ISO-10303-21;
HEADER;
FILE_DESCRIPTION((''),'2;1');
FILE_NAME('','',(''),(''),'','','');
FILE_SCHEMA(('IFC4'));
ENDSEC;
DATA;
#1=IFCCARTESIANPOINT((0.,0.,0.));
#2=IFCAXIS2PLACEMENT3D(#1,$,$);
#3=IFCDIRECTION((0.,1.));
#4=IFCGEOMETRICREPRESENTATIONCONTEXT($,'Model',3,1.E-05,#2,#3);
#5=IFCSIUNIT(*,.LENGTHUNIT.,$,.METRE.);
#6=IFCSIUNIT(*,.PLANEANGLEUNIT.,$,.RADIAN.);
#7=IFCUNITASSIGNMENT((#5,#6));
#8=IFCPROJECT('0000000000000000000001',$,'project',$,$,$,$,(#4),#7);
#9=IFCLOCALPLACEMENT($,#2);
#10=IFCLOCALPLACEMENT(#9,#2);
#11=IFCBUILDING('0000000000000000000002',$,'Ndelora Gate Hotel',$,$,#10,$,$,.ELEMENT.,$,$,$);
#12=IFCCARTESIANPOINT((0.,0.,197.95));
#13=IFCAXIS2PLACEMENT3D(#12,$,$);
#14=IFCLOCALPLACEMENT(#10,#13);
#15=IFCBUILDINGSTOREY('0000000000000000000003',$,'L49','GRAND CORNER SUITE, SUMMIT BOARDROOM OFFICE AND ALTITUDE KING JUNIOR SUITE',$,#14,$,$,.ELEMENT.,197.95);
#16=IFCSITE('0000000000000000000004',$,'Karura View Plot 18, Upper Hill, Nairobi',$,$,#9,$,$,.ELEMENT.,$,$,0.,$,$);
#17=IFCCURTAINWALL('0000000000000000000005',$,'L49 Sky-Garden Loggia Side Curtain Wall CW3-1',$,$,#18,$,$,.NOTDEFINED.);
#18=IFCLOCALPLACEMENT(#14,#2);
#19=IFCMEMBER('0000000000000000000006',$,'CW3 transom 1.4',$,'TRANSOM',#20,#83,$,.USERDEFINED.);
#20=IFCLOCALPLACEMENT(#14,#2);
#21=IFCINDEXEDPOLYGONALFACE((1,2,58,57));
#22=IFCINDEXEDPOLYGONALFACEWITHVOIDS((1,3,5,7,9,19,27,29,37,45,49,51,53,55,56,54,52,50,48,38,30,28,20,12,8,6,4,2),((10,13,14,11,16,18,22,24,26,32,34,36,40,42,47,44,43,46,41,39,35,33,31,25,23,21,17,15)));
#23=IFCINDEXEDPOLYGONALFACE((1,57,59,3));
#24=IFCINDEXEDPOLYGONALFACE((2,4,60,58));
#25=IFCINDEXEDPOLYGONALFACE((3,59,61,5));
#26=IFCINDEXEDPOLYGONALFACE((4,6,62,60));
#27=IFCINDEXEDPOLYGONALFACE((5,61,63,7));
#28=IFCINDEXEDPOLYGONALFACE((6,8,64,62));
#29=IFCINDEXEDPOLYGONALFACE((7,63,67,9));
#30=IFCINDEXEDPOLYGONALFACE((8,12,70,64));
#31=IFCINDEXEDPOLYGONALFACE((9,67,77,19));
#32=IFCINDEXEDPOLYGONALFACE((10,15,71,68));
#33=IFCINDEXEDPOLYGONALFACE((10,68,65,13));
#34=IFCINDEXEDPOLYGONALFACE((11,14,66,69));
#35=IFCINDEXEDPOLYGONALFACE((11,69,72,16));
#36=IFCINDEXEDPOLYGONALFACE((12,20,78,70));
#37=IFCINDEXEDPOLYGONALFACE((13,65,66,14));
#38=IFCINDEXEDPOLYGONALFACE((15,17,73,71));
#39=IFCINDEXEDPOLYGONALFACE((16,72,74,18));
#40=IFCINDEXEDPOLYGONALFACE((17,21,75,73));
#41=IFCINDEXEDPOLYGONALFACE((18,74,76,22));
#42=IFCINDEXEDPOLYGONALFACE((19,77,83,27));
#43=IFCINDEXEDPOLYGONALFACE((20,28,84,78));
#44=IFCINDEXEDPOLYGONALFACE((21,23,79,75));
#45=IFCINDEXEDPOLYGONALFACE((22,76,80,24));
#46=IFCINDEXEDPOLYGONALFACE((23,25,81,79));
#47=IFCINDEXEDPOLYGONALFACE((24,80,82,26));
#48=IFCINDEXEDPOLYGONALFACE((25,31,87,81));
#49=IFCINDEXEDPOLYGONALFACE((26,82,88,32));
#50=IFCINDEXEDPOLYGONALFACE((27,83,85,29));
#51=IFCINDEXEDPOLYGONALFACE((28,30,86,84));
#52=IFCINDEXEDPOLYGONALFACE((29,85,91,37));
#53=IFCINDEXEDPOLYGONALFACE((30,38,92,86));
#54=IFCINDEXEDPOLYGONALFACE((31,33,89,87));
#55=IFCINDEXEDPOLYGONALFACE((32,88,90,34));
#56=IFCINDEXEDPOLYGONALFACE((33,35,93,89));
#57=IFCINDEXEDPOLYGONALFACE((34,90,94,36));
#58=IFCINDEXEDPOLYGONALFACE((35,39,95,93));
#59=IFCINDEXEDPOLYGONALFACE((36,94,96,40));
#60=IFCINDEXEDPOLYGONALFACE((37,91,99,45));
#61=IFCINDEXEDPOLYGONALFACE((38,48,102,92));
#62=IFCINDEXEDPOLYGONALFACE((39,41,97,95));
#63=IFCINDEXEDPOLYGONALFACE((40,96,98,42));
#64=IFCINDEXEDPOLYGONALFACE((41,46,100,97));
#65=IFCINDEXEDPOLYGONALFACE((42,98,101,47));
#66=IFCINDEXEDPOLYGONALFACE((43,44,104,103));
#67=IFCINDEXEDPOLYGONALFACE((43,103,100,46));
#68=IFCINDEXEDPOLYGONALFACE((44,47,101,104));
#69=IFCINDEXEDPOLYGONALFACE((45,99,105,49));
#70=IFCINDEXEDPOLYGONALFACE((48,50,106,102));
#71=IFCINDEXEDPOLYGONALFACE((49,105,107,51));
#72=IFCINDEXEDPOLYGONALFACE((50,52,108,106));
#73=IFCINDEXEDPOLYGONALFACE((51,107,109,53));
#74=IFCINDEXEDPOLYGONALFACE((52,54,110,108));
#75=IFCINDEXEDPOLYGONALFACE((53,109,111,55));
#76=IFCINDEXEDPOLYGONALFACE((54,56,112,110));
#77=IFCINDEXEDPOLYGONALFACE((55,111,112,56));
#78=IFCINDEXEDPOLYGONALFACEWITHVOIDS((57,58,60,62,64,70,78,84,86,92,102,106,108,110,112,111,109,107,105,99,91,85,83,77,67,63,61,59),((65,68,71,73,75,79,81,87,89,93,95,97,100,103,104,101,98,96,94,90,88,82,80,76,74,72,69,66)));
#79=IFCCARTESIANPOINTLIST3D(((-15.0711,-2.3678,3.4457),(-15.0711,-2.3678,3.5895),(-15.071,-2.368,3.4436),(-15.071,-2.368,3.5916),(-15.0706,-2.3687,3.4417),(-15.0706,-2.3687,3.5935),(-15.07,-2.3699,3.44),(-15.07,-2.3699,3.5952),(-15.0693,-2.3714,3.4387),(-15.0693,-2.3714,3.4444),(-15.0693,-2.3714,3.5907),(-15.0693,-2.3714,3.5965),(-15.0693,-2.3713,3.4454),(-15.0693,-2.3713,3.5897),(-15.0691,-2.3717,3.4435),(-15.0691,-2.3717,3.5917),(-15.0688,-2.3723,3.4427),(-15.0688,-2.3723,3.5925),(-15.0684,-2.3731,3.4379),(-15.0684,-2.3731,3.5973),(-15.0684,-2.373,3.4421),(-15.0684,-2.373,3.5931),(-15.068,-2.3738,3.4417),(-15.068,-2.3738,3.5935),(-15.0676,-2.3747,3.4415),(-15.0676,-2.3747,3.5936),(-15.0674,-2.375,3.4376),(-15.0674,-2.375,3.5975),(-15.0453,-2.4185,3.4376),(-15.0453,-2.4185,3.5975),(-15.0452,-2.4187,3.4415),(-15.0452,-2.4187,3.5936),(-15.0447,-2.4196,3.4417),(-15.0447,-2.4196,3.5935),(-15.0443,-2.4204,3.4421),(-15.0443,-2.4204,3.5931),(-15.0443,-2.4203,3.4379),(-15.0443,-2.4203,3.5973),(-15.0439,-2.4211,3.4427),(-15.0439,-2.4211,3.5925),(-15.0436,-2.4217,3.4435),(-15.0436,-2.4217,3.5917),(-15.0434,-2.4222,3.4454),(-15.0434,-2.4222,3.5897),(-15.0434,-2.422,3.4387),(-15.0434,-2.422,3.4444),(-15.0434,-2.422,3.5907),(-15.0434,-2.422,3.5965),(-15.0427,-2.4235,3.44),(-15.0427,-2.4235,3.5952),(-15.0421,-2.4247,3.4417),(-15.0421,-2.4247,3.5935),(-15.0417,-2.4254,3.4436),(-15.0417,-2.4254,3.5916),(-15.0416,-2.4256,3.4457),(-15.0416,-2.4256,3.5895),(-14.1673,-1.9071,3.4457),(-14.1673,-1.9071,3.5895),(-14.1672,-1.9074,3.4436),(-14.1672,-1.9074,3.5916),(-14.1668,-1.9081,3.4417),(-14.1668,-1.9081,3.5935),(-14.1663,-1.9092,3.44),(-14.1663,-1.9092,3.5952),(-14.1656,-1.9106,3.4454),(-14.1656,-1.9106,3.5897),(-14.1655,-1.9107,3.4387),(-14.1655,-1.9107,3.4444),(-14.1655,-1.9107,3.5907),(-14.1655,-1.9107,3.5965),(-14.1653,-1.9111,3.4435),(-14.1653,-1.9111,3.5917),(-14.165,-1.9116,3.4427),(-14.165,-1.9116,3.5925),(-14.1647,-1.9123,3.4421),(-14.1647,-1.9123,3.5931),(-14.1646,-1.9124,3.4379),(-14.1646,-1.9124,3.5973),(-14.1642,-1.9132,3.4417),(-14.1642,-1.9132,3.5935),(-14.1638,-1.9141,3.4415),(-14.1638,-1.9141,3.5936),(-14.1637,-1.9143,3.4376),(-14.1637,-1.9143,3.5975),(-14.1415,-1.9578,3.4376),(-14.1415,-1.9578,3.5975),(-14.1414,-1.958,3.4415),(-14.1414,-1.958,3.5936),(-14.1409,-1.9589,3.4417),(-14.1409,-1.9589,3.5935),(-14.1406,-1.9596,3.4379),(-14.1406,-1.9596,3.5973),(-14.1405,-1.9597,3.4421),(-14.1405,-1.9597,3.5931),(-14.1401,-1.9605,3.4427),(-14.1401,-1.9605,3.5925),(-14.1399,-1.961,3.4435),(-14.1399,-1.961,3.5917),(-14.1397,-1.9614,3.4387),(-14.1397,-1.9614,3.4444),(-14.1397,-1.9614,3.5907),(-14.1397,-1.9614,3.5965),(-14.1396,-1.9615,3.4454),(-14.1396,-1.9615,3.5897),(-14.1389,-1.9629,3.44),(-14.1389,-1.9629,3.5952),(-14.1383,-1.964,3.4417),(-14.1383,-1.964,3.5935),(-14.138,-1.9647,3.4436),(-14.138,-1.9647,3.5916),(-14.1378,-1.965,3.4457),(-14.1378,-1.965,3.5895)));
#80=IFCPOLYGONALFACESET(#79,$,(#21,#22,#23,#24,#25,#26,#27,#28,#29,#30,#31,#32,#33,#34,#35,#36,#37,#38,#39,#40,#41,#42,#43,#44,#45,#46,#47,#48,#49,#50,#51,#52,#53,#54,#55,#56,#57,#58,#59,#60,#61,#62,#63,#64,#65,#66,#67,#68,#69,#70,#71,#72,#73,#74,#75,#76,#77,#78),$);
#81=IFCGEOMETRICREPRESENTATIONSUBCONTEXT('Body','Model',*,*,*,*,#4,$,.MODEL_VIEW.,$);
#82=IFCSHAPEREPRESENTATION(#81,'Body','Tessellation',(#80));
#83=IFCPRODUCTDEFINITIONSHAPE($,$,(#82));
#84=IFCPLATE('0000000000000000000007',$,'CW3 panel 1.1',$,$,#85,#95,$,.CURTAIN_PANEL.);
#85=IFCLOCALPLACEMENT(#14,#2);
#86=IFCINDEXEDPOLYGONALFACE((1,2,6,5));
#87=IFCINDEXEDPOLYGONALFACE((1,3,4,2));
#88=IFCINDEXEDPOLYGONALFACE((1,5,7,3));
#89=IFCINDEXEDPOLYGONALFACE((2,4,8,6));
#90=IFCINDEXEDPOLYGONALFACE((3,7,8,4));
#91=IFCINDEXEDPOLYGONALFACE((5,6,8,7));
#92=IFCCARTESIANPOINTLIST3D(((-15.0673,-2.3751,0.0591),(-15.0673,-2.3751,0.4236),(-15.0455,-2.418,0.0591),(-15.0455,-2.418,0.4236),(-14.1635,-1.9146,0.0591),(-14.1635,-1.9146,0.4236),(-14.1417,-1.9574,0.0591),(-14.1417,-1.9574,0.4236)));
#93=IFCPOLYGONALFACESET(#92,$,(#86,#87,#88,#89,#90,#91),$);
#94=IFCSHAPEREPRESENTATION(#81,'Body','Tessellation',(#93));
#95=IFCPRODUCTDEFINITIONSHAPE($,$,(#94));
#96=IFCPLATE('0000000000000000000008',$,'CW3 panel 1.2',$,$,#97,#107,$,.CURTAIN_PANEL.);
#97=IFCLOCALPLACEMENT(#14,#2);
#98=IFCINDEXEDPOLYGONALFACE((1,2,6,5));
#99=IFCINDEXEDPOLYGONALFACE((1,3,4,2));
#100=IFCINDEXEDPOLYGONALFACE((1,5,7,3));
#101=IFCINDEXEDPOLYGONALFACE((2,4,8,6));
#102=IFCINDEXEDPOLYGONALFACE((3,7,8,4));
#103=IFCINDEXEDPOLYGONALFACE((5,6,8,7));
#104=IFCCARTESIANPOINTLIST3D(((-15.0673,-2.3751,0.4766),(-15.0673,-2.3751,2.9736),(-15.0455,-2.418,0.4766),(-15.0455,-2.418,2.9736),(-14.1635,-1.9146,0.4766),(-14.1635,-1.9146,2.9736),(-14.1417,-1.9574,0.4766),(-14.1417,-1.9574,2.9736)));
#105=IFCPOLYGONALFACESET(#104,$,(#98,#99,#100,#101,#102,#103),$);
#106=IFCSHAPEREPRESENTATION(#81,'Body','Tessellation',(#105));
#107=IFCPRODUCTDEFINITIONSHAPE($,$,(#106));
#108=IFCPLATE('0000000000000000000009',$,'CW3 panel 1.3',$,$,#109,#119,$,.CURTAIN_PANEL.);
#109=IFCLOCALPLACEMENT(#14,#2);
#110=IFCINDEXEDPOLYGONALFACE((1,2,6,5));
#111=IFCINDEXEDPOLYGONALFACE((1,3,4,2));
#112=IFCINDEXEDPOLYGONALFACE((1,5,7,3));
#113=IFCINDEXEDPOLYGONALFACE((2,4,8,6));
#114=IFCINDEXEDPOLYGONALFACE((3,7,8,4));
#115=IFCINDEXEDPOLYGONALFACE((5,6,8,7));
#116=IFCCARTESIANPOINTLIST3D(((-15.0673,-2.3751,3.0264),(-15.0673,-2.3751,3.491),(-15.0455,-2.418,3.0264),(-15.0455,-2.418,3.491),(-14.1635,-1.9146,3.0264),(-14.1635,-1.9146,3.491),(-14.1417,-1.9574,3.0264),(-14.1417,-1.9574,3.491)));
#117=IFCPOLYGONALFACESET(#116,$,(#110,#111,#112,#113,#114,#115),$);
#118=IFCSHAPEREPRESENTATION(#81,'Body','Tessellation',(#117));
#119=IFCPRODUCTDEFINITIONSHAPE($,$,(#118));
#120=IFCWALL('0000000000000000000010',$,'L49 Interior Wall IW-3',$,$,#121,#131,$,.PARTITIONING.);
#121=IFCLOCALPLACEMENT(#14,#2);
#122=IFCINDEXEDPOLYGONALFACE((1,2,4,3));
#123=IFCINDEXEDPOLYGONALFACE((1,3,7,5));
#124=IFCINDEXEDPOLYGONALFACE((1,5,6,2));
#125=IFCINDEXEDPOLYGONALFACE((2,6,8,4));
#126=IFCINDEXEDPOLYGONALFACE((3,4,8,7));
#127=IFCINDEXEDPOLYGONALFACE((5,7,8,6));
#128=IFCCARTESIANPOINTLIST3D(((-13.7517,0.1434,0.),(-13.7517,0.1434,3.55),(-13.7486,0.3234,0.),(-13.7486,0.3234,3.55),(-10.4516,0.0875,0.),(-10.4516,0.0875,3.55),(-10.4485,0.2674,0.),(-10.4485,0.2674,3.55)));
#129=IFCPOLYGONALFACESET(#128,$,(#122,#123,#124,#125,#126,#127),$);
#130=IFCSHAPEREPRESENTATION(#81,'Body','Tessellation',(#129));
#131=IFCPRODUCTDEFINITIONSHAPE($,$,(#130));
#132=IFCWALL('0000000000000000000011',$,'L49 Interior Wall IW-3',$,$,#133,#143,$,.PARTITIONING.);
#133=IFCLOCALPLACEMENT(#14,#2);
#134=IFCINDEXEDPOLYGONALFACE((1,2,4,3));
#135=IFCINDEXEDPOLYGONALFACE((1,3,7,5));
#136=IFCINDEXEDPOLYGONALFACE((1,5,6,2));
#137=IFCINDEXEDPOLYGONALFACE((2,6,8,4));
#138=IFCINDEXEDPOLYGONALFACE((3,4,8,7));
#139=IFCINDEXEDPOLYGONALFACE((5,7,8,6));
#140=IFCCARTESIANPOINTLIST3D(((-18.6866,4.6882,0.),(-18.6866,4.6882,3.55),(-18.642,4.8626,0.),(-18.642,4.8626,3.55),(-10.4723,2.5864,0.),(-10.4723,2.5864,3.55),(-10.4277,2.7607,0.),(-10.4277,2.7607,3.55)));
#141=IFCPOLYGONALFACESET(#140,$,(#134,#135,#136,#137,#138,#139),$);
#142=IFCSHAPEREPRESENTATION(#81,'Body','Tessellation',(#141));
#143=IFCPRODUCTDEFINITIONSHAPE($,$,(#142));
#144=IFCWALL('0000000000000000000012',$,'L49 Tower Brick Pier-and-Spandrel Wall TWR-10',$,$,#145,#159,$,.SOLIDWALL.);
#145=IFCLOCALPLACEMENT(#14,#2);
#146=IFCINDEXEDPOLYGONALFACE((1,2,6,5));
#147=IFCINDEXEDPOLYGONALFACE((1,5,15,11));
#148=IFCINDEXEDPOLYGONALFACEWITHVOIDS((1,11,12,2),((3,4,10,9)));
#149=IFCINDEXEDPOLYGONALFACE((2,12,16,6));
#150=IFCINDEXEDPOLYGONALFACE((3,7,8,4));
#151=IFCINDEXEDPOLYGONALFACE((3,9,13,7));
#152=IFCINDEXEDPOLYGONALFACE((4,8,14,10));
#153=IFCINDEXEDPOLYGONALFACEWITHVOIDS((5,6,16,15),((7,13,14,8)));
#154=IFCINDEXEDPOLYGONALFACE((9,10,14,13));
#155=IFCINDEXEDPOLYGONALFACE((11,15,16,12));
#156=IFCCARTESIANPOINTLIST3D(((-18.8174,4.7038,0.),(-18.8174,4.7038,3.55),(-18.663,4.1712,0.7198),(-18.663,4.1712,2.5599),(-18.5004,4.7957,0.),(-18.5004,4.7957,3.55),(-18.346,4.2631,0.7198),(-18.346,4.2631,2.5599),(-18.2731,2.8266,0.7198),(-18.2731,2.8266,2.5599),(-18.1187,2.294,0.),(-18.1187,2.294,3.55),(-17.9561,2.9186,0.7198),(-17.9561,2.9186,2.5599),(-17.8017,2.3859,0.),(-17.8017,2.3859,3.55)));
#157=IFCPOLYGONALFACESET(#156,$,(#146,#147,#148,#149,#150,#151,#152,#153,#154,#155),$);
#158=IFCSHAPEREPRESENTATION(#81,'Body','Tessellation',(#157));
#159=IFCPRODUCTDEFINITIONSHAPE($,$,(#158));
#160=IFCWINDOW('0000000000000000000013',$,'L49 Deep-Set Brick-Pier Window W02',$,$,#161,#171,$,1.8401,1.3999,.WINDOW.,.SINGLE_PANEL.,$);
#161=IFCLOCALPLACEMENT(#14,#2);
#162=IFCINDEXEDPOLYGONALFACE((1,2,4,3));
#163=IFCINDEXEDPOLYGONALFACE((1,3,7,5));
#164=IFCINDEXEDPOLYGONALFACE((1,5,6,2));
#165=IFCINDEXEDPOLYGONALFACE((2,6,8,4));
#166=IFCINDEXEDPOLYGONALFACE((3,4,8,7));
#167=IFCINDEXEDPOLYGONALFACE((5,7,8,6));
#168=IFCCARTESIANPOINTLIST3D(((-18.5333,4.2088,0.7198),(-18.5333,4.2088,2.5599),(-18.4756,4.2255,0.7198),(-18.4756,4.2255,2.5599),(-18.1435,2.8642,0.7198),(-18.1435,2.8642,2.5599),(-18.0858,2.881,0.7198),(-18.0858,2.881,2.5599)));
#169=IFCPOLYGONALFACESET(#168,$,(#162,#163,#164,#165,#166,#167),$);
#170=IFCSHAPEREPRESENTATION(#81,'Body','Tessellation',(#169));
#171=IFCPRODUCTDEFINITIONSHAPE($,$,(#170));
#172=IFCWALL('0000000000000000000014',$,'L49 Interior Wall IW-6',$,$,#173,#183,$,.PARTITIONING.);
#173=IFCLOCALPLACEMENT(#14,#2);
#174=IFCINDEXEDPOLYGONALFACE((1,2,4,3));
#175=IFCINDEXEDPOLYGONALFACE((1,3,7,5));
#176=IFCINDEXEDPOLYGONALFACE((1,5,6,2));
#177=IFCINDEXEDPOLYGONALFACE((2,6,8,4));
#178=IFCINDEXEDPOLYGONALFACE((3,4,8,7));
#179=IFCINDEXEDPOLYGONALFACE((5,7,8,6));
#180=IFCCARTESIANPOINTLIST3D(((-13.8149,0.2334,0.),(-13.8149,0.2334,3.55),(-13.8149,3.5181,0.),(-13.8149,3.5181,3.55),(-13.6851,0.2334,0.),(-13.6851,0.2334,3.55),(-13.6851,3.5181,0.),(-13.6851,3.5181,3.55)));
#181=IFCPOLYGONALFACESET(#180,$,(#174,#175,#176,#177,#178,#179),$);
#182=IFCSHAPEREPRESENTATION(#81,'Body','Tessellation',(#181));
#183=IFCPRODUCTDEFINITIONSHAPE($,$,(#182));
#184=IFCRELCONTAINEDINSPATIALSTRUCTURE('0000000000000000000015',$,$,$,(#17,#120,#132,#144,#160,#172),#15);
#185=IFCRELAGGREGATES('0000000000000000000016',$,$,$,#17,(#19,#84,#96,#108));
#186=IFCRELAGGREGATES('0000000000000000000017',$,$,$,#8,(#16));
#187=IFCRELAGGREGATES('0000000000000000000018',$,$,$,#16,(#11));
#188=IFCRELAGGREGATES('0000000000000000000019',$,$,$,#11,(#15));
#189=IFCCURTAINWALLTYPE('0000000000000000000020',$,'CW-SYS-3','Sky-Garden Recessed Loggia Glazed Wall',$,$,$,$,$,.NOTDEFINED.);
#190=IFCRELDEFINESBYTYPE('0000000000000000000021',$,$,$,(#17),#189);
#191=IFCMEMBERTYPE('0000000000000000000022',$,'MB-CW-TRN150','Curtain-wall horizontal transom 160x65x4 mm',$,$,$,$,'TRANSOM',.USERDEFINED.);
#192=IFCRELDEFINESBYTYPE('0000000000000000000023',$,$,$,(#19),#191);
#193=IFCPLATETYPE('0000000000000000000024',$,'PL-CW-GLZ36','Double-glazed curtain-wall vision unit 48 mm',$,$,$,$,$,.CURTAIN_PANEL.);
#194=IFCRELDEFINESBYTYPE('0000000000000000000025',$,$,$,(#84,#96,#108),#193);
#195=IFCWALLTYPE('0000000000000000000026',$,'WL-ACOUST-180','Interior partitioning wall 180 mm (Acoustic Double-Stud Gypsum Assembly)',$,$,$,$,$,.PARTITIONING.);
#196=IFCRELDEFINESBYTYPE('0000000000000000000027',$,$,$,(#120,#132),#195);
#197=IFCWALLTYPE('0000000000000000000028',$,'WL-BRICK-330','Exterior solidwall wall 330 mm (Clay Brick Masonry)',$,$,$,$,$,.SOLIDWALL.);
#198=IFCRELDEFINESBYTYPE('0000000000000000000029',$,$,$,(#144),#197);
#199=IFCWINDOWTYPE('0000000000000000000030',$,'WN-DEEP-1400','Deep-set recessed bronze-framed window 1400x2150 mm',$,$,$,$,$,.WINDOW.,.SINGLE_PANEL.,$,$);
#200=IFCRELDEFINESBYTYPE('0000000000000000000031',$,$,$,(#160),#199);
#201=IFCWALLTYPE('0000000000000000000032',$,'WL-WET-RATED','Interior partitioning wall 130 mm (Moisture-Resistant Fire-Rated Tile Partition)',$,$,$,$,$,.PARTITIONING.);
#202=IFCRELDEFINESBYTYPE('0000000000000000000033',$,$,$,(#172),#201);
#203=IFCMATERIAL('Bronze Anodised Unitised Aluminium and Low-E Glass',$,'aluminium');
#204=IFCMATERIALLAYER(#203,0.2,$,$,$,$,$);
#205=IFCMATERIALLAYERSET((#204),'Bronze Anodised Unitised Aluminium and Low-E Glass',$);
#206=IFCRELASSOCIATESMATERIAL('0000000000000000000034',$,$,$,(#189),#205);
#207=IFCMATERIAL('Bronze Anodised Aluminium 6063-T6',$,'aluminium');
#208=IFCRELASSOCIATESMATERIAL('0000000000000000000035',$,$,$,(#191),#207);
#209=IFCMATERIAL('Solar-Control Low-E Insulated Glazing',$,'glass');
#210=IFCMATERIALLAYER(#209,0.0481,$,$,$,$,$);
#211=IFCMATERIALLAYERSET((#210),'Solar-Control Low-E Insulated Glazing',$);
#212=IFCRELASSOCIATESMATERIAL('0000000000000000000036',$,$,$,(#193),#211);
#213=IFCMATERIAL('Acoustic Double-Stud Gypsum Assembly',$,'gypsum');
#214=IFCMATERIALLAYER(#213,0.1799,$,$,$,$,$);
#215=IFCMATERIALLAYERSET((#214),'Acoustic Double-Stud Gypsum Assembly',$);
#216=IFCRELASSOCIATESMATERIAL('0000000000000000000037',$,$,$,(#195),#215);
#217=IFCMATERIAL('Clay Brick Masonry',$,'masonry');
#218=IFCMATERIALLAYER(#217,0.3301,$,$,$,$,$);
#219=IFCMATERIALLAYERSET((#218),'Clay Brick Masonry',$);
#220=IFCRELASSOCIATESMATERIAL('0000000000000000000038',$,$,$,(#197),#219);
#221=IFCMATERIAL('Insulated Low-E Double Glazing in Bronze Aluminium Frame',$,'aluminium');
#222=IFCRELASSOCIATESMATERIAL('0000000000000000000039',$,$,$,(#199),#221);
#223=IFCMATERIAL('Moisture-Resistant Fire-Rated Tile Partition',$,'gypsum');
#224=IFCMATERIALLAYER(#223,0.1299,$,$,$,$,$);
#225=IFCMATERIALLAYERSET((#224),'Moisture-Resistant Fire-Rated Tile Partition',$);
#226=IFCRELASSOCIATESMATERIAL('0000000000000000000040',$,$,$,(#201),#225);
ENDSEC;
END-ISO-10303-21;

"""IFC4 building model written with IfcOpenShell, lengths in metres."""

from ifc_helpers import new_model, si_unit, direction, frame, frame_2d, origin, origin_2d, place, context, subcontext, project, spatial, rectangle, hollow_rectangle, extrude, material, layer, layer_set, material_profile, profile_set, type_object, element, fill, aggregate, save


model = new_model("IFC4")

# Units and contexts
model_context = context("Model", 3, precision=1e-05, world=origin(), true_north=direction((0.0, 1.0)))
body_context = subcontext(model_context, "Body", "Model", "MODEL_VIEW")
ifc_project = project(units=[si_unit("LENGTHUNIT", "METRE"), si_unit("PLANEANGLEUNIT", "RADIAN")], contexts=[model_context])

# Site, building, storey
site_placement = place(None, origin())
site = spatial("IfcSite", under=ifc_project, at=site_placement, Name="Karura View Plot 18, Upper Hill, Nairobi", CompositionType="ELEMENT", RefElevation=0.0)
building_placement = place(site_placement, origin())
building = spatial("IfcBuilding", under=site, at=building_placement, Name="Ndelora Gate Hotel", CompositionType="ELEMENT")
storey_placement = place(building_placement, frame((0.0, 0.0, 197.95)))
storey = spatial("IfcBuildingStorey", under=building, at=storey_placement, Name="L49", Description="GRAND CORNER SUITE, SUMMIT BOARDROOM OFFICE AND ALTITUDE KING JUNIOR SUITE", CompositionType="ELEMENT", Elevation=197.95)

# Curtain wall, member, plates
ifc_material_1 = material(Name="Bronze Anodised Unitised Aluminium and Low-E Glass", Category="aluminium")
ifc_layer_1 = layer(ifc_material_1, 0.2)
ifc_layer_set_1 = layer_set([ifc_layer_1], Name="Bronze Anodised Unitised Aluminium and Low-E Glass")
curtain_wall_type = type_object("IfcCurtainWallType", Name="CW-SYS-3", Description="Sky-Garden Recessed Loggia Glazed Wall", PredefinedType="NOTDEFINED", material=ifc_layer_set_1)
curtain_wall_placement = place(storey_placement, origin())
curtain_wall = element("IfcCurtainWall", 1, at=curtain_wall_placement, inside=storey, type_object=curtain_wall_type, Name="L49 Sky-Garden Loggia Side Curtain Wall CW3-1", PredefinedType="NOTDEFINED")
ifc_material_2 = material(Name="Bronze Anodised Aluminium 6063-T6", Category="aluminium")
ifc_material_profile_1 = material_profile(ifc_material_2, hollow_rectangle(XDim=0.0649, YDim=0.1599, WallThickness=0.0039, InnerFilletRadius=0.0039, OuterFilletRadius=0.0081, at=origin_2d()), Name="ALU 160x65x4")
ifc_profile_set_1 = profile_set([ifc_material_profile_1], Name="Bronze Anodised Aluminium 6063-T6")
member_type_1 = type_object("IfcMemberType", Name="MB-CW-TRN150", Description="Curtain-wall horizontal transom 160x65x4 mm", ElementType="TRANSOM", PredefinedType="USERDEFINED", material=ifc_profile_set_1)
member_1_placement = place(storey_placement, frame((-14.1526, -1.936, 3.5176), z_axis=(-0.890935, -0.454131, 0.0), x_axis=(0.454131, -0.890935, 0.0)))
member_1 = element("IfcMember", 2, at=member_1_placement, type_object=member_type_1, Name="CW3 transom 1.4", ObjectType="TRANSOM", PredefinedType="USERDEFINED", context=body_context, shape_type="SweptSolid", body=[
    extrude(hollow_rectangle(XDim=0.0649, YDim=0.1599, WallThickness=0.0039, InnerFilletRadius=0.0039, OuterFilletRadius=0.0081, at=origin_2d()), origin(), (0.0, 0.0, 1.0), 1.0144),
])
ifc_material_3 = material(Name="Solar-Control Low-E Insulated Glazing", Category="glass")
ifc_layer_2 = layer(ifc_material_3, 0.0481)
ifc_layer_set_2 = layer_set([ifc_layer_2], Name="Solar-Control Low-E Insulated Glazing")
plate_type = type_object("IfcPlateType", Name="PL-CW-GLZ36", Description="Double-glazed curtain-wall vision unit 48 mm", PredefinedType="CURTAIN_PANEL", material=ifc_layer_set_2)
plate_1_placement = place(storey_placement, frame((-14.6045, -2.1663, 0.0591), z_axis=(0.0, 0.0, 1.0), x_axis=(-0.891001, -0.454001, 0.0)))
plate_1 = element("IfcPlate", 3, at=plate_1_placement, type_object=plate_type, Name="CW3 panel 1.1", PredefinedType="CURTAIN_PANEL", context=body_context, shape_type="SweptSolid", body=[
    extrude(rectangle(XDim=1.0144, YDim=0.0481, at=origin_2d()), origin(), (0.0, 0.0, 1.0), 0.3645),
])
plate_2_placement = place(storey_placement, frame((-14.6045, -2.1663, 0.4766), z_axis=(0.0, 0.0, 1.0), x_axis=(-0.891001, -0.454001, 0.0)))
plate_2 = element("IfcPlate", 4, at=plate_2_placement, type_object=plate_type, Name="CW3 panel 1.2", PredefinedType="CURTAIN_PANEL", context=body_context, shape_type="SweptSolid", body=[
    extrude(rectangle(XDim=1.0144, YDim=0.0481, at=origin_2d()), origin(), (0.0, 0.0, 1.0), 2.4971),
])
plate_3_placement = place(storey_placement, frame((-14.6045, -2.1663, 3.0264), z_axis=(0.0, 0.0, 1.0), x_axis=(-0.891001, -0.454001, 0.0)))
plate_3 = element("IfcPlate", 5, at=plate_3_placement, type_object=plate_type, Name="CW3 panel 1.3", PredefinedType="CURTAIN_PANEL", context=body_context, shape_type="SweptSolid", body=[
    extrude(rectangle(XDim=1.0144, YDim=0.0481, at=origin_2d()), origin(), (0.0, 0.0, 1.0), 0.4646),
])
aggregate(curtain_wall, [member_1, plate_1, plate_2, plate_3])

# Walls
ifc_material_4 = material(Name="Acoustic Double-Stud Gypsum Assembly", Category="gypsum")
ifc_layer_3 = layer(ifc_material_4, 0.1799)
ifc_layer_set_3 = layer_set([ifc_layer_3], Name="Acoustic Double-Stud Gypsum Assembly")
wall_type_1 = type_object("IfcWallType", Name="WL-ACOUST-180", Description="Interior partitioning wall 180 mm (Acoustic Double-Stud Gypsum Assembly)", PredefinedType="PARTITIONING", material=ifc_layer_set_3)
wall_1_placement = place(storey_placement, frame((-10.45, 0.1775, 0.0), z_axis=(0.0, 0.0, 1.0), x_axis=(-0.999857, 0.016939, 0.0)))
element("IfcWall", 6, at=wall_1_placement, inside=storey, type_object=wall_type_1, Name="L49 Interior Wall IW-3", PredefinedType="PARTITIONING", context=body_context, shape_type="SweptSolid", body=[
    extrude(rectangle(XDim=3.3005, YDim=0.1799, at=frame_2d((1.6504, 0.0))), origin(), (0.0, 0.0, 1.0), 3.55),
])
wall_2_placement = place(storey_placement, frame((-10.45, 2.6736, 0.0), z_axis=(0.0, 0.0, 1.0), x_axis=(-0.96879, 0.247884, 0.0)))
element("IfcWall", 7, at=wall_2_placement, inside=storey, type_object=wall_type_1, Name="L49 Interior Wall IW-3", PredefinedType="PARTITIONING", context=body_context, shape_type="SweptSolid", body=[
    extrude(rectangle(XDim=8.479, YDim=0.1799, at=frame_2d((4.2395, 0.0))), origin(), (0.0, 0.0, 1.0), 3.55),
])

# Wall, opening, window
ifc_material_5 = material(Name="Clay Brick Masonry", Category="masonry")
ifc_layer_4 = layer(ifc_material_5, 0.3301)
ifc_layer_set_4 = layer_set([ifc_layer_4], Name="Clay Brick Masonry")
wall_type_2 = type_object("IfcWallType", Name="WL-BRICK-330", Description="Exterior solidwall wall 330 mm (Clay Brick Masonry)", PredefinedType="SOLIDWALL", material=ifc_layer_set_4)
wall_3_placement = place(storey_placement, frame((-17.9602, 2.3401, 0.0), z_axis=(0.0, 0.0, 1.0), x_axis=(-0.278498, 0.960437, 0.0)))
wall_3 = element("IfcWall", 8, at=wall_3_placement, inside=storey, type_object=wall_type_2, Name="L49 Tower Brick Pier-and-Spandrel Wall TWR-10", PredefinedType="SOLIDWALL", context=body_context, shape_type="SweptSolid", body=[
    extrude(rectangle(XDim=2.509, YDim=0.3301, at=frame_2d((1.2544, 0.0))), origin(), (0.0, 0.0, 1.0), 3.55),
])
opening_placement = place(wall_3_placement, frame((0.5544, 0.0, 0.72)))
opening = element("IfcOpeningElement", 9, at=opening_placement, cuts=wall_3, PredefinedType="OPENING", context=body_context, shape_type="SweptSolid", body=[
    extrude(rectangle(XDim=1.3999, YDim=1.8401, at=frame_2d((0.7, 0.9199))), frame((0.0, 0.175, 0.0), z_axis=(0.0, -1.0, 0.0), x_axis=(1.0, 0.0, 0.0)), (0.0, 0.0, 1.0), 0.3501),
])
ifc_material_6 = material(Name="Insulated Low-E Double Glazing in Bronze Aluminium Frame", Category="aluminium")
window_type = type_object("IfcWindowType", Name="WN-DEEP-1400", Description="Deep-set recessed bronze-framed window 1400x2150 mm", PartitioningType="SINGLE_PANEL", PredefinedType="WINDOW", material=ifc_material_6)
window_placement = place(opening_placement, origin())
window = element("IfcWindow", 10, at=window_placement, inside=storey, type_object=window_type, Name="L49 Deep-Set Brick-Pier Window W02", OverallHeight=1.8401, OverallWidth=1.3999, PartitioningType="SINGLE_PANEL", PredefinedType="WINDOW", context=body_context, shape_type="SweptSolid", body=[
    extrude(rectangle(XDim=1.3999, YDim=1.8401, at=frame_2d((0.7, 0.9199))), frame((0.0, 0.03, 0.0), z_axis=(0.0, -1.0, 0.0), x_axis=(1.0, 0.0, 0.0)), (0.0, 0.0, 1.0), 0.0601),
])
fill(opening, window)

# Wall
ifc_material_7 = material(Name="Moisture-Resistant Fire-Rated Tile Partition", Category="gypsum")
ifc_layer_5 = layer(ifc_material_7, 0.1299)
ifc_layer_set_5 = layer_set([ifc_layer_5], Name="Moisture-Resistant Fire-Rated Tile Partition")
wall_type_3 = type_object("IfcWallType", Name="WL-WET-RATED", Description="Interior partitioning wall 130 mm (Moisture-Resistant Fire-Rated Tile Partition)", PredefinedType="PARTITIONING", material=ifc_layer_set_5)
wall_4_placement = place(storey_placement, frame((-13.75, 0.2334, 0.0), z_axis=(0.0, 0.0, 1.0), x_axis=(0.0, 1.0, 0.0)))
element("IfcWall", 11, at=wall_4_placement, inside=storey, type_object=wall_type_3, Name="L49 Interior Wall IW-6", PredefinedType="PARTITIONING", context=body_context, shape_type="SweptSolid", body=[
    extrude(rectangle(XDim=3.2847, YDim=0.1299, at=frame_2d((1.6423, 0.0))), origin(), (0.0, 0.0, 1.0), 3.55),
])

save(model, "model.ifc")
